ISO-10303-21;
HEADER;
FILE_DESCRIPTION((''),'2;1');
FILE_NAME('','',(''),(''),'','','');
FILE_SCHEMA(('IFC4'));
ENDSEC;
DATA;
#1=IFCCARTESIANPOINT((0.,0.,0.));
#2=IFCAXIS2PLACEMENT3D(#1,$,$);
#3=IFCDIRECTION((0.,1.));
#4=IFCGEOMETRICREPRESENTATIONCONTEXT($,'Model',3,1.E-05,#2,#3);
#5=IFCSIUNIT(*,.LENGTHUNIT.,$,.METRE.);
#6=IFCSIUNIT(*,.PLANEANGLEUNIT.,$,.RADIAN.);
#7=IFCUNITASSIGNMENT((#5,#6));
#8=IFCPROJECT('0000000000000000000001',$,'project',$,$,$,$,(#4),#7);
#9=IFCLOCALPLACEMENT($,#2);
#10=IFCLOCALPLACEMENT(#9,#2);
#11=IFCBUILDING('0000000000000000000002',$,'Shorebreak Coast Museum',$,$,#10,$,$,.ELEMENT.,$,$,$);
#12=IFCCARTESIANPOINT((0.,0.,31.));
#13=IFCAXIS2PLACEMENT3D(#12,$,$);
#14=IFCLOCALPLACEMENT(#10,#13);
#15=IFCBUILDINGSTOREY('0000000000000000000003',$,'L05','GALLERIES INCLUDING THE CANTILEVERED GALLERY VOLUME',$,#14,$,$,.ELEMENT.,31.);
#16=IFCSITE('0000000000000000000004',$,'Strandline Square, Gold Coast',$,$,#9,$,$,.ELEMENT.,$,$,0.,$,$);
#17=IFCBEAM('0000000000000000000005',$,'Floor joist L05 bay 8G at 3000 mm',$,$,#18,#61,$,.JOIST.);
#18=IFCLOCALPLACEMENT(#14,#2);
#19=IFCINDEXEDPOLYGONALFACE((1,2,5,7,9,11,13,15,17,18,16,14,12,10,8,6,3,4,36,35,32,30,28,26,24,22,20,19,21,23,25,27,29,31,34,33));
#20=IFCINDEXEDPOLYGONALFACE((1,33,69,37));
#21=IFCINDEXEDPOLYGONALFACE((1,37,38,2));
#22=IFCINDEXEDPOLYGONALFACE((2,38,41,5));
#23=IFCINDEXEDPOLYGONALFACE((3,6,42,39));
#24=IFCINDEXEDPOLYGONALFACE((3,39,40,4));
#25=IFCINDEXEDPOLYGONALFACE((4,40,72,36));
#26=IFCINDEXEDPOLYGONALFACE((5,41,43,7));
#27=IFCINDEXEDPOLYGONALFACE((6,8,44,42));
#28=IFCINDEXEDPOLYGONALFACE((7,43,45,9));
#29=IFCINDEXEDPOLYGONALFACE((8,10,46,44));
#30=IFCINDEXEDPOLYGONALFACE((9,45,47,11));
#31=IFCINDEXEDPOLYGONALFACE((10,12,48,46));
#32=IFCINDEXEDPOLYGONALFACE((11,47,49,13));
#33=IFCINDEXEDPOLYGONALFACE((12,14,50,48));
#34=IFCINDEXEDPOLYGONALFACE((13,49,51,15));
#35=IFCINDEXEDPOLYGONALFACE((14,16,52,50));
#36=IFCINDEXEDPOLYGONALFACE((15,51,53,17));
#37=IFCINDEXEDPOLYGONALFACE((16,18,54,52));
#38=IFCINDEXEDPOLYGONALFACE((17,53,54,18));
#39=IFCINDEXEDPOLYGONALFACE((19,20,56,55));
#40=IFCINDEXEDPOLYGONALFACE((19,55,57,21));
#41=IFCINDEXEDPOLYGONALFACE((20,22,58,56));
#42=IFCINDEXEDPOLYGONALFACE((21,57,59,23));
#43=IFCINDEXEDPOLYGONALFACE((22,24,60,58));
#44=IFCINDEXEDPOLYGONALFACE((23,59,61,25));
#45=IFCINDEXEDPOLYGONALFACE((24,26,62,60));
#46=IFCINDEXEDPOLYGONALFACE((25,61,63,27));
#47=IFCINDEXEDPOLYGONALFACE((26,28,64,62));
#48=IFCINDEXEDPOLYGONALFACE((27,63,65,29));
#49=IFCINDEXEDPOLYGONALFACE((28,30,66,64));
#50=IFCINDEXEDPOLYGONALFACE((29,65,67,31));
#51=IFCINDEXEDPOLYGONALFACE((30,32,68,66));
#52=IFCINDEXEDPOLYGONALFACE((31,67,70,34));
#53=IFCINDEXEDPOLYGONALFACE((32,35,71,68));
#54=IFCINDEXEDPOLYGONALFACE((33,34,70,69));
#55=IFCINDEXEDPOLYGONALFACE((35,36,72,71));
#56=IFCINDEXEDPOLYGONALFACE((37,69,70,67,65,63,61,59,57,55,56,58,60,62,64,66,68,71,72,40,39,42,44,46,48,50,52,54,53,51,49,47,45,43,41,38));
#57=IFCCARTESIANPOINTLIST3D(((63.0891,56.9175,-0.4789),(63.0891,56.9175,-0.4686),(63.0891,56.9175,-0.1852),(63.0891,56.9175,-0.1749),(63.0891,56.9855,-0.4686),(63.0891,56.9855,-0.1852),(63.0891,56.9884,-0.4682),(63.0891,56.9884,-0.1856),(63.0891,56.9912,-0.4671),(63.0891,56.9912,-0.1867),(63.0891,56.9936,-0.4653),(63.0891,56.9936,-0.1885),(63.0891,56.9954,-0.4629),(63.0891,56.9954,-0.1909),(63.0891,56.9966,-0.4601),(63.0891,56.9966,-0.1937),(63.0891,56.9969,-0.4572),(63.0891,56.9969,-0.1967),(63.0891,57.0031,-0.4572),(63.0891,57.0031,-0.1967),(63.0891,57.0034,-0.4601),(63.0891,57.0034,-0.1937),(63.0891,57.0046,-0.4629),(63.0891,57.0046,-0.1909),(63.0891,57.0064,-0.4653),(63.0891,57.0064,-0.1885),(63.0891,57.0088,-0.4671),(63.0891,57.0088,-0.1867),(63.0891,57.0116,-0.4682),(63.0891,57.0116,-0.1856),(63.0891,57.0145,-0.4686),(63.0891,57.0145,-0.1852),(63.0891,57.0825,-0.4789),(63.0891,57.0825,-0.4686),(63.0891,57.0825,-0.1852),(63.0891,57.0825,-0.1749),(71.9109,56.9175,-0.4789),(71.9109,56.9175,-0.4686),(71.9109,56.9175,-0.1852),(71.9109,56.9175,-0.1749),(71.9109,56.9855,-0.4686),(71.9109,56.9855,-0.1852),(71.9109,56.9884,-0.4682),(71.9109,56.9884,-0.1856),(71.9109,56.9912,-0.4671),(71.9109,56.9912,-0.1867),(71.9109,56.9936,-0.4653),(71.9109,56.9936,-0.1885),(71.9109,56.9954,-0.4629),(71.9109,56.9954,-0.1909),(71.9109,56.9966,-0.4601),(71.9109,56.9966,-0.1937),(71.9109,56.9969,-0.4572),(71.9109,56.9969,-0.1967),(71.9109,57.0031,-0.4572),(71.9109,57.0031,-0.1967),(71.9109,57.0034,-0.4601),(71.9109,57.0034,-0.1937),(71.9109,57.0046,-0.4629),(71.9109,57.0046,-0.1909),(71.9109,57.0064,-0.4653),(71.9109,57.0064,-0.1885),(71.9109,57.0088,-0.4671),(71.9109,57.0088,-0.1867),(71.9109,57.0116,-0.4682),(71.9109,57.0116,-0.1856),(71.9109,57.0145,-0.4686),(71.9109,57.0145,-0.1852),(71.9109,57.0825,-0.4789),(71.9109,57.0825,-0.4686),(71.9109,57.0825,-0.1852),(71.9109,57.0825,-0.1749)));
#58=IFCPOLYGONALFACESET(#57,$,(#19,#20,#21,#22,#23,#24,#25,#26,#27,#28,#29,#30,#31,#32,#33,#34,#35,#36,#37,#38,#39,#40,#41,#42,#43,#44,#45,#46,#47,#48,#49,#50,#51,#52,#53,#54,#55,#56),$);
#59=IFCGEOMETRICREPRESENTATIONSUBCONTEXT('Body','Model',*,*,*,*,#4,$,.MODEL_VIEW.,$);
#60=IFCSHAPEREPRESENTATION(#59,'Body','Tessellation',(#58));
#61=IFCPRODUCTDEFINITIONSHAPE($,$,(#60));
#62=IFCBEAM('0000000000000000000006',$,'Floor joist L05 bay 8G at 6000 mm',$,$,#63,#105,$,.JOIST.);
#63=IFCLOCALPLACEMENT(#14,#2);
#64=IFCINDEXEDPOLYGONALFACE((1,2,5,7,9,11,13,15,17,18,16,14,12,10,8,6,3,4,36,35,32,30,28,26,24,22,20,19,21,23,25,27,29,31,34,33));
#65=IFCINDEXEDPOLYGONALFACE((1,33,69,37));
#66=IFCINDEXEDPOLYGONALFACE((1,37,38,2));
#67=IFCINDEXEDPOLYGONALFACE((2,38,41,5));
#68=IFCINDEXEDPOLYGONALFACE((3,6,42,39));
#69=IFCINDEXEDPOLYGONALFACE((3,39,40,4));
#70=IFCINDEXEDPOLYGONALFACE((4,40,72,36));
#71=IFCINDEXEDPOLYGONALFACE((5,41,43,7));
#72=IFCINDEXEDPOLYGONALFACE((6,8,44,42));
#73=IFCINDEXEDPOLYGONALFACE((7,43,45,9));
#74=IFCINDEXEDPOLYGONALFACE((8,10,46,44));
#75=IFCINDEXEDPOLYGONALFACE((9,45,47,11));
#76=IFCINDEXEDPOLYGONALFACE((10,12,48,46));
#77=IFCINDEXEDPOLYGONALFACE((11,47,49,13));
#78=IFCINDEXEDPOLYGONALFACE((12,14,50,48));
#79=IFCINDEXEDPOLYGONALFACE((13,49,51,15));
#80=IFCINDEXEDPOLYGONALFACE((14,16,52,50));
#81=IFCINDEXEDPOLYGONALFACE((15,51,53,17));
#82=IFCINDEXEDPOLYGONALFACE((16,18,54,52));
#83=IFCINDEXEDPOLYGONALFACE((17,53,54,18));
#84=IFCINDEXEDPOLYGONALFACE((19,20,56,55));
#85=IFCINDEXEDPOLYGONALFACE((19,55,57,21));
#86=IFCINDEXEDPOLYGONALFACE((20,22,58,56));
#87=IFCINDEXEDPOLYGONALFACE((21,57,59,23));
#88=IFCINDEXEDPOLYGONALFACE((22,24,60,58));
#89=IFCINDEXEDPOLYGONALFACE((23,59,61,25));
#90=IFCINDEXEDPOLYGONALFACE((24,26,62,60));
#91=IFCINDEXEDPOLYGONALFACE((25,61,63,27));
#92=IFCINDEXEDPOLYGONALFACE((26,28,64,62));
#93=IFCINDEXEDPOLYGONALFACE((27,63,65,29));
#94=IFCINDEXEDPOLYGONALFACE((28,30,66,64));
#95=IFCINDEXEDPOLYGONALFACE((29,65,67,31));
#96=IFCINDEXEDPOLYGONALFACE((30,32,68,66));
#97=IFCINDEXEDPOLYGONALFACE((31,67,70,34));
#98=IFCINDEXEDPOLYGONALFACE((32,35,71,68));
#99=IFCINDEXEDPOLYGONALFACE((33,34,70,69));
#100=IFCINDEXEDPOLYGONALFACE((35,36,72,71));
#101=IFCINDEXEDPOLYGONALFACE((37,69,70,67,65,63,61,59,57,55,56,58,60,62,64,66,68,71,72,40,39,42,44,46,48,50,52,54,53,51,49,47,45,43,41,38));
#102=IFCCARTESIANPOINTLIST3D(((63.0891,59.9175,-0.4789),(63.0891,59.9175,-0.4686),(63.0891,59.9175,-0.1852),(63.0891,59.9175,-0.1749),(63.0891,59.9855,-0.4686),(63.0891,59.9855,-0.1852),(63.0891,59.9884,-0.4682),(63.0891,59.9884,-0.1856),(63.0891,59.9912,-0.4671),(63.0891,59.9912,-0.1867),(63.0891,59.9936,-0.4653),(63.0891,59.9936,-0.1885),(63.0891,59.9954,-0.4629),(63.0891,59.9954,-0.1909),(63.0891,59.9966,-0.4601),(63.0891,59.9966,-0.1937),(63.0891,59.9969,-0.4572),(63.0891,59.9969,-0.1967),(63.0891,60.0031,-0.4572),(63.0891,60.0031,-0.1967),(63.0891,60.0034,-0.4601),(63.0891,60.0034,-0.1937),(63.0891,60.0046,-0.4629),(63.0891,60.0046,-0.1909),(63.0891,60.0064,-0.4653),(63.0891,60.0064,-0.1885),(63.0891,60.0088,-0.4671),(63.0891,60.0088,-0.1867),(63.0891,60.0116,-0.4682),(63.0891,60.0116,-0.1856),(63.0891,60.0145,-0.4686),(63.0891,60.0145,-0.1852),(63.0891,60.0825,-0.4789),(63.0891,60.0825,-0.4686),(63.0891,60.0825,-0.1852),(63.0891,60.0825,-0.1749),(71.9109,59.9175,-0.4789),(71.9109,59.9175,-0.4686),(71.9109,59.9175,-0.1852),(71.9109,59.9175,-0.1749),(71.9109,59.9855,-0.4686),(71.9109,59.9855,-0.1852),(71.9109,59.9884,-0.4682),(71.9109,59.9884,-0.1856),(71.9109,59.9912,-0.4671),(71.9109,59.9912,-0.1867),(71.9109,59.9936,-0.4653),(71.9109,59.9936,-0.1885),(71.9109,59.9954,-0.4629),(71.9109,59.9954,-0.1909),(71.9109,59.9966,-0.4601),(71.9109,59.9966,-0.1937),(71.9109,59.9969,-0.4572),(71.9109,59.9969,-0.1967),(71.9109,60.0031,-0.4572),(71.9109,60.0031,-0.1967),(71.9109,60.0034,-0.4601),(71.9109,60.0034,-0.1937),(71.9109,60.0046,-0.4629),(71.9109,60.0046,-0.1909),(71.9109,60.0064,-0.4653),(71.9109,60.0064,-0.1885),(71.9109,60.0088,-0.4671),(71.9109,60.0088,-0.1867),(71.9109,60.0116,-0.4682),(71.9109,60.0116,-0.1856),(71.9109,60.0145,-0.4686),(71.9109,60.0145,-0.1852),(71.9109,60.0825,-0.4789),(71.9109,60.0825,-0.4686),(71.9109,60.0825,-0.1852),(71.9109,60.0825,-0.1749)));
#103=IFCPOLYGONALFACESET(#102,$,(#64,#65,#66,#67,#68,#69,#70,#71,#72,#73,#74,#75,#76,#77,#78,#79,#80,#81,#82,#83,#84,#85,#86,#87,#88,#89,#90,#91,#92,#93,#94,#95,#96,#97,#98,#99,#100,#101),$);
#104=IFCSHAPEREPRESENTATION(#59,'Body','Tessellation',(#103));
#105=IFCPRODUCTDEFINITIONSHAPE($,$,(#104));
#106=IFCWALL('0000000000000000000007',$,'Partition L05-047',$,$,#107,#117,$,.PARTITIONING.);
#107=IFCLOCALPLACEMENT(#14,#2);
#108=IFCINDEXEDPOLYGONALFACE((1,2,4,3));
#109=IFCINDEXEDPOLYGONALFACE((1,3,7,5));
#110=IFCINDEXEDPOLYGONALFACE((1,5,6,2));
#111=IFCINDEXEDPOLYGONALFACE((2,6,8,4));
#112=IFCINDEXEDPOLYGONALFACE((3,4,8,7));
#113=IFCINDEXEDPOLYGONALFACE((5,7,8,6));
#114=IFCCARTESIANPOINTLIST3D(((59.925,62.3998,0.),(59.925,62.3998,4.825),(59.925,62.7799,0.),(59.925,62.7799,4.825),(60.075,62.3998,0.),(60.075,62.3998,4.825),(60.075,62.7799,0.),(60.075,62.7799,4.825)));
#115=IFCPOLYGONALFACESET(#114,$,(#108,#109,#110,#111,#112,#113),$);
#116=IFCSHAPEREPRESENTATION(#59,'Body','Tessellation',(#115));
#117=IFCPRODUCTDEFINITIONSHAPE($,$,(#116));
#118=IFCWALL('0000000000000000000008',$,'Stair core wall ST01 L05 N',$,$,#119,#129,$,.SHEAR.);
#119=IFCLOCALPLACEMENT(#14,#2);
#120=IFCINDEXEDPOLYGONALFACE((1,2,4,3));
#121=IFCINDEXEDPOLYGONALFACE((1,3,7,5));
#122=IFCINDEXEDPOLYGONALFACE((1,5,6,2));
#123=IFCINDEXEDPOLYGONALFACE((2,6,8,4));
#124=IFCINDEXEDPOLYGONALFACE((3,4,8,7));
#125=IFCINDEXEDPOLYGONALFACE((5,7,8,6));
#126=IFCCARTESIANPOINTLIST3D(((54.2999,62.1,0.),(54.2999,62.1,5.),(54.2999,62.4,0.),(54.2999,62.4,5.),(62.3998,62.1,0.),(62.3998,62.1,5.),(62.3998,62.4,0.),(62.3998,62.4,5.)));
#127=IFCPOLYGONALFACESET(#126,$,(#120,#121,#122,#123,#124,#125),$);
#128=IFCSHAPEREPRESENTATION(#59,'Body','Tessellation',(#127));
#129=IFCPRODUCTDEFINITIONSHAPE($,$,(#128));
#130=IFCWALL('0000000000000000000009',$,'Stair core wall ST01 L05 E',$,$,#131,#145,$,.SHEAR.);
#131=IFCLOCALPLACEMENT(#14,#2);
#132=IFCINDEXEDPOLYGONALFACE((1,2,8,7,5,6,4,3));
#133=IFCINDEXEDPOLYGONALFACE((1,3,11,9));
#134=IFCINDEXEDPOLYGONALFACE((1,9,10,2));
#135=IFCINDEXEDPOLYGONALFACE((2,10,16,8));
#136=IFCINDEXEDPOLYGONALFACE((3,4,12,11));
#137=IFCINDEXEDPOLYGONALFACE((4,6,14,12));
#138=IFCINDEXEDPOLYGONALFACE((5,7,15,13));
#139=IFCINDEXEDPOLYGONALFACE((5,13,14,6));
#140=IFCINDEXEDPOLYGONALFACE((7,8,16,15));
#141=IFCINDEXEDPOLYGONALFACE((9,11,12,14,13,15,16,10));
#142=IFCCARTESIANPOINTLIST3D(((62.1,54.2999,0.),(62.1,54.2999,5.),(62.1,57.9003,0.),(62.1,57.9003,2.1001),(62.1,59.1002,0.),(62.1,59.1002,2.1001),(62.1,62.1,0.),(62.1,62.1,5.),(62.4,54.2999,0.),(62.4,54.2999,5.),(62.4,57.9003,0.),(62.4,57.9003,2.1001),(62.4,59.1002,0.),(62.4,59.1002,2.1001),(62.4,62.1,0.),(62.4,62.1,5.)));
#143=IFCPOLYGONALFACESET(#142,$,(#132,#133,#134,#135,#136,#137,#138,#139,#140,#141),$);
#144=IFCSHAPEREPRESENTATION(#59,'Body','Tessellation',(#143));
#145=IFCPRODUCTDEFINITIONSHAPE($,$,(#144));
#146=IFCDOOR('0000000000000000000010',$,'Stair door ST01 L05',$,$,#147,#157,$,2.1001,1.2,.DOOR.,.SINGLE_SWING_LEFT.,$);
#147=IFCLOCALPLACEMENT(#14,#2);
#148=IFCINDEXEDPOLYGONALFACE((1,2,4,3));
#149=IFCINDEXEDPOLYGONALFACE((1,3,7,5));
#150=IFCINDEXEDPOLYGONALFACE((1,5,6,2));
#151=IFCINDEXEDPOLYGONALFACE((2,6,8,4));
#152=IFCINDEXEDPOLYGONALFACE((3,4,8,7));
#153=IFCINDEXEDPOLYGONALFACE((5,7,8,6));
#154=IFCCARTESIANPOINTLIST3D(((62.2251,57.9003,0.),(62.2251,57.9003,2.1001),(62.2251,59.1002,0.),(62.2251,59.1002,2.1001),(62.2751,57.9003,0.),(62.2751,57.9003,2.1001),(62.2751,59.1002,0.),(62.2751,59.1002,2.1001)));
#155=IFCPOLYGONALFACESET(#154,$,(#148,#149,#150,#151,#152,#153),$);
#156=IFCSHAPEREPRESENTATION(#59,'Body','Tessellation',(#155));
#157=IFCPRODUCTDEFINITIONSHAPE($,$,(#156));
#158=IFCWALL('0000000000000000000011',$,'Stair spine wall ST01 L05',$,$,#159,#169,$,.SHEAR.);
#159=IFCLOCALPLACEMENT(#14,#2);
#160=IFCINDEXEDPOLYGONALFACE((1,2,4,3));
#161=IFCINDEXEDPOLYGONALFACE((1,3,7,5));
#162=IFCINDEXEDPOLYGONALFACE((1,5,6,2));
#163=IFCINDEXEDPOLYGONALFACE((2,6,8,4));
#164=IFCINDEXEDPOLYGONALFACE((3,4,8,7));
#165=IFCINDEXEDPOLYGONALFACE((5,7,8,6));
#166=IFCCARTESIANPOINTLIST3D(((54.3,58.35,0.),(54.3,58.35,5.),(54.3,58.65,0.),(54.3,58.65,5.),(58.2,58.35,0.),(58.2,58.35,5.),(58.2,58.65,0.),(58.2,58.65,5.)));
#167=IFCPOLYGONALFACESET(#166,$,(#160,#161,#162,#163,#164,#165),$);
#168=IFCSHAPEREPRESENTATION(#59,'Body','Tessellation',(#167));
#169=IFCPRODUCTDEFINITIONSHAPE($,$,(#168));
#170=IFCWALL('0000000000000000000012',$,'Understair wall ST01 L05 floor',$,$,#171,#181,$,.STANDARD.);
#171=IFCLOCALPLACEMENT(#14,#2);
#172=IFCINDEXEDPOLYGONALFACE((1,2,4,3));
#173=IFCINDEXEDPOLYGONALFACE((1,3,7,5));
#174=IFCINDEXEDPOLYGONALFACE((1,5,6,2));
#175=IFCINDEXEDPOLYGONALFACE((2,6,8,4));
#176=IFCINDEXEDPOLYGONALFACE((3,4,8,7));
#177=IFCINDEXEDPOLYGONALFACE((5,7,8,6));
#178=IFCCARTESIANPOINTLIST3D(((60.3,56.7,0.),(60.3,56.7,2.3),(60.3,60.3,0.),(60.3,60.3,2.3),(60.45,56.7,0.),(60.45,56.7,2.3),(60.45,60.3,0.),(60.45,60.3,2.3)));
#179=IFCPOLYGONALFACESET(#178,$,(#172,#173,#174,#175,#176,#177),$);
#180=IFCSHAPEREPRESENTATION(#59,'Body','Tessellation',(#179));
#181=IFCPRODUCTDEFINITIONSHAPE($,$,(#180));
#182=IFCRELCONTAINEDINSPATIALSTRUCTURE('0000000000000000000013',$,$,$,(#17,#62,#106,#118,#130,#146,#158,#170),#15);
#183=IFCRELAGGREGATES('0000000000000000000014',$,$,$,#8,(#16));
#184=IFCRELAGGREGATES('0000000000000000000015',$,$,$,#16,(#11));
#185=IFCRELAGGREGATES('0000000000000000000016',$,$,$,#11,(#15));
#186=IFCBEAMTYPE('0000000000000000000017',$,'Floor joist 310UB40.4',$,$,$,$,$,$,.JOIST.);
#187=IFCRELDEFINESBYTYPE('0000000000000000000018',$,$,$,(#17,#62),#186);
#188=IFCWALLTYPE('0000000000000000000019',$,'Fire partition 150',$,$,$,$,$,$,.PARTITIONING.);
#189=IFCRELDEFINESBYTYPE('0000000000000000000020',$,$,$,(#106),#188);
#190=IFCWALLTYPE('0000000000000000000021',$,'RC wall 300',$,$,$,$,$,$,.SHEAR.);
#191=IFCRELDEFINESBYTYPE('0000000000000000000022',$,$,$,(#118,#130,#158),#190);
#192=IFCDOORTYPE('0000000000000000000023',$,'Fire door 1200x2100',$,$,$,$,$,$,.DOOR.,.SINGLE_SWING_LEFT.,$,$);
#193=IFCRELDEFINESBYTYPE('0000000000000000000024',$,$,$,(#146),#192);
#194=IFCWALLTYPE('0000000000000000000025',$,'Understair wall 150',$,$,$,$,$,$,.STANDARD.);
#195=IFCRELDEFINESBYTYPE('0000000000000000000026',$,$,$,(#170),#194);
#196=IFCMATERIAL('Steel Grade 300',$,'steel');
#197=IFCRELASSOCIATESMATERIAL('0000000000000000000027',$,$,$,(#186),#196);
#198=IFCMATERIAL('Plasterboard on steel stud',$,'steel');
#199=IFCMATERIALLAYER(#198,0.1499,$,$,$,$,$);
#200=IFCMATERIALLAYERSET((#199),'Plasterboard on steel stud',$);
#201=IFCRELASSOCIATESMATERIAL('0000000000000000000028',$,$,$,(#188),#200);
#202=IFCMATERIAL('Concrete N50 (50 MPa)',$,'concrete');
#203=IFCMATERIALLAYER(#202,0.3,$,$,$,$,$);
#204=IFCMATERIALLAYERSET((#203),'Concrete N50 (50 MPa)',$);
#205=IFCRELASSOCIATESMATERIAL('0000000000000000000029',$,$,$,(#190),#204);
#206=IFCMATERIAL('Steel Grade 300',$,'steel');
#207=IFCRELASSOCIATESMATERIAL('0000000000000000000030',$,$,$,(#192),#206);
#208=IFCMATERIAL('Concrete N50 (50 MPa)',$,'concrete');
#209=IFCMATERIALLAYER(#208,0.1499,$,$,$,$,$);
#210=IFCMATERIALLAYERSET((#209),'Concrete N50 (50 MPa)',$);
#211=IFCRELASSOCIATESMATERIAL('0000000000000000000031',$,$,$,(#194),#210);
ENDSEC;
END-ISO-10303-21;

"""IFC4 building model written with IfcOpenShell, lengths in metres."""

from ifc_helpers import new_model, si_unit, direction, frame, frame_2d, origin, origin_2d, place, context, subcontext, project, spatial, rectangle, i_section, extrude, material, layer, layer_set, material_profile, profile_set, type_object, element, fill, save


model = new_model("IFC4")

# Units and contexts
model_context = context("Model", 3, precision=1e-05, world=origin(), true_north=direction((0.0, 1.0)))
body_context = subcontext(model_context, "Body", "Model", "MODEL_VIEW")
ifc_project = project(units=[si_unit("LENGTHUNIT", "METRE"), si_unit("PLANEANGLEUNIT", "RADIAN")], contexts=[model_context])

# Site, building, storey
site_placement = place(None, origin())
site = spatial("IfcSite", under=ifc_project, at=site_placement, Name="Strandline Square, Gold Coast", CompositionType="ELEMENT", RefElevation=0.0)
building_placement = place(site_placement, origin())
building = spatial("IfcBuilding", under=site, at=building_placement, Name="Shorebreak Coast Museum", CompositionType="ELEMENT")
storey_placement = place(building_placement, frame((0.0, 0.0, 31.0)))
storey = spatial("IfcBuildingStorey", under=building, at=storey_placement, Name="L05", Description="GALLERIES INCLUDING THE CANTILEVERED GALLERY VOLUME", CompositionType="ELEMENT", Elevation=31.0)

# Beams
ifc_material_1 = material(Name="Steel Grade 300", Category="steel")
ifc_material_profile = material_profile(ifc_material_1, i_section(OverallWidth=0.165, OverallDepth=0.304, WebThickness=0.0061, FlangeThickness=0.0103, FilletRadius=0.0115, at=origin_2d()), Name="310UB40.4")
ifc_profile_set = profile_set([ifc_material_profile], Name="Steel Grade 300")
beam_type = type_object("IfcBeamType", Name="Floor joist 310UB40.4", PredefinedType="JOIST", material=ifc_profile_set)
for number, where, z_axis, x_axis, name in (
    (1, (63.0891, 57.0, -0.3269), (1.0, 0.0, 0.0), (0.0, 1.0, 0.0), "Floor joist L05 bay 8G at 3000 mm"),
    (2, (63.0891, 60.0, -0.3269), (1.0, 0.0, 0.0), (0.0, 1.0, 0.0), "Floor joist L05 bay 8G at 6000 mm"),
):
    element("IfcBeam", number, at=place(storey_placement, frame(where, z_axis=z_axis, x_axis=x_axis)), inside=storey, type_object=beam_type, Name=name, PredefinedType="JOIST", context=body_context, shape_type="SweptSolid", body=[
        extrude(i_section(OverallWidth=0.165, OverallDepth=0.304, WebThickness=0.0061, FlangeThickness=0.0103, FilletRadius=0.0115, at=origin_2d()), origin(), (0.0, 0.0, 1.0), 8.8218),
    ])

# Walls
ifc_material_2 = material(Name="Plasterboard on steel stud", Category="steel")
ifc_layer_1 = layer(ifc_material_2, 0.1499)
ifc_layer_set_1 = layer_set([ifc_layer_1], Name="Plasterboard on steel stud")
wall_type_1 = type_object("IfcWallType", Name="Fire partition 150", PredefinedType="PARTITIONING", material=ifc_layer_set_1)
wall_1_placement = place(storey_placement, frame((60.0, 62.3999, 0.0), z_axis=(0.0, 0.0, 1.0), x_axis=(0.0, 1.0, 0.0)))
element("IfcWall", 3, at=wall_1_placement, inside=storey, type_object=wall_type_1, Name="Partition L05-047", PredefinedType="PARTITIONING", context=body_context, shape_type="SweptSolid", body=[
    extrude(rectangle(XDim=0.3801, YDim=0.1499, at=frame_2d((0.1899, 0.0))), origin(), (0.0, 0.0, 1.0), 4.825),
])
ifc_material_3 = material(Name="Concrete N50 (50 MPa)", Category="concrete")
ifc_layer_2 = layer(ifc_material_3, 0.3)
ifc_layer_set_2 = layer_set([ifc_layer_2], Name="Concrete N50 (50 MPa)")
wall_type_2 = type_object("IfcWallType", Name="RC wall 300", PredefinedType="SHEAR", material=ifc_layer_set_2)
wall_2_placement = place(storey_placement, frame((54.3, 62.25, 0.0), z_axis=(0.0, 0.0, 1.0), x_axis=(1.0, 0.0, 0.0)))
element("IfcWall", 4, at=wall_2_placement, inside=storey, type_object=wall_type_2, Name="Stair core wall ST01 L05 N", PredefinedType="SHEAR", context=body_context, shape_type="SweptSolid", body=[
    extrude(rectangle(XDim=8.0999, YDim=0.3, at=frame_2d((4.0498, 0.0))), origin(), (0.0, 0.0, 1.0), 5.0),
])

# Wall, opening, door
wall_3_placement = place(storey_placement, frame((62.25, 54.3, 0.0), z_axis=(0.0, 0.0, 1.0), x_axis=(0.0, 1.0, 0.0)))
wall_3 = element("IfcWall", 5, at=wall_3_placement, inside=storey, type_object=wall_type_2, Name="Stair core wall ST01 L05 E", PredefinedType="SHEAR", context=body_context, shape_type="SweptSolid", body=[
    extrude(rectangle(XDim=7.8, YDim=0.3, at=frame_2d((3.8999, 0.0))), origin(), (0.0, 0.0, 1.0), 5.0),
])
opening_placement = place(wall_3_placement, frame((3.6001, 0.0, 0.0)))
opening = element("IfcOpeningElement", 6, at=opening_placement, cuts=wall_3, PredefinedType="OPENING", context=body_context, shape_type="SweptSolid", body=[
    extrude(rectangle(XDim=1.2, YDim=2.1001, at=frame_2d((0.6001, 1.05))), frame((0.0, 0.1599, 0.0), z_axis=(0.0, -1.0, 0.0), x_axis=(1.0, 0.0, 0.0)), (0.0, 0.0, 1.0), 0.3201),
])
ifc_material_4 = material(Name="Steel Grade 300", Category="steel")
door_type = type_object("IfcDoorType", Name="Fire door 1200x2100", OperationType="SINGLE_SWING_LEFT", PredefinedType="DOOR", material=ifc_material_4)
door_placement = place(opening_placement, origin())
door = element("IfcDoor", 7, at=door_placement, inside=storey, type_object=door_type, Name="Stair door ST01 L05", OperationType="SINGLE_SWING_LEFT", OverallHeight=2.1001, OverallWidth=1.2, PredefinedType="DOOR", context=body_context, shape_type="SweptSolid", body=[
    extrude(rectangle(XDim=1.2, YDim=2.1001, at=frame_2d((0.6001, 1.05))), frame((0.0, 0.0249, 0.0), z_axis=(0.0, -1.0, 0.0), x_axis=(1.0, 0.0, 0.0)), (0.0, 0.0, 1.0), 0.05),
])
fill(opening, door)

# Walls
wall_4_placement = place(storey_placement, frame((58.2, 58.5, 0.0), z_axis=(0.0, 0.0, 1.0), x_axis=(-1.0, 0.0, 0.0)))
element("IfcWall", 8, at=wall_4_placement, inside=storey, type_object=wall_type_2, Name="Stair spine wall ST01 L05", PredefinedType="SHEAR", context=body_context, shape_type="SweptSolid", body=[
    extrude(rectangle(XDim=3.8999, YDim=0.3, at=frame_2d((1.95, 0.0))), origin(), (0.0, 0.0, 1.0), 5.0),
])
ifc_material_5 = material(Name="Concrete N50 (50 MPa)", Category="concrete")
ifc_layer_3 = layer(ifc_material_5, 0.1499)
ifc_layer_set_3 = layer_set([ifc_layer_3], Name="Concrete N50 (50 MPa)")
wall_type_3 = type_object("IfcWallType", Name="Understair wall 150", PredefinedType="STANDARD", material=ifc_layer_set_3)
wall_5_placement = place(storey_placement, frame((60.375, 56.7, 0.0), z_axis=(0.0, 0.0, 1.0), x_axis=(0.0, 1.0, 0.0)))
element("IfcWall", 9, at=wall_5_placement, inside=storey, type_object=wall_type_3, Name="Understair wall ST01 L05 floor", PredefinedType="STANDARD", context=body_context, shape_type="SweptSolid", body=[
    extrude(rectangle(XDim=3.6001, YDim=0.1499, at=frame_2d((1.8, 0.0))), origin(), (0.0, 0.0, 1.0), 2.3),
])

save(model, "model.ifc")
